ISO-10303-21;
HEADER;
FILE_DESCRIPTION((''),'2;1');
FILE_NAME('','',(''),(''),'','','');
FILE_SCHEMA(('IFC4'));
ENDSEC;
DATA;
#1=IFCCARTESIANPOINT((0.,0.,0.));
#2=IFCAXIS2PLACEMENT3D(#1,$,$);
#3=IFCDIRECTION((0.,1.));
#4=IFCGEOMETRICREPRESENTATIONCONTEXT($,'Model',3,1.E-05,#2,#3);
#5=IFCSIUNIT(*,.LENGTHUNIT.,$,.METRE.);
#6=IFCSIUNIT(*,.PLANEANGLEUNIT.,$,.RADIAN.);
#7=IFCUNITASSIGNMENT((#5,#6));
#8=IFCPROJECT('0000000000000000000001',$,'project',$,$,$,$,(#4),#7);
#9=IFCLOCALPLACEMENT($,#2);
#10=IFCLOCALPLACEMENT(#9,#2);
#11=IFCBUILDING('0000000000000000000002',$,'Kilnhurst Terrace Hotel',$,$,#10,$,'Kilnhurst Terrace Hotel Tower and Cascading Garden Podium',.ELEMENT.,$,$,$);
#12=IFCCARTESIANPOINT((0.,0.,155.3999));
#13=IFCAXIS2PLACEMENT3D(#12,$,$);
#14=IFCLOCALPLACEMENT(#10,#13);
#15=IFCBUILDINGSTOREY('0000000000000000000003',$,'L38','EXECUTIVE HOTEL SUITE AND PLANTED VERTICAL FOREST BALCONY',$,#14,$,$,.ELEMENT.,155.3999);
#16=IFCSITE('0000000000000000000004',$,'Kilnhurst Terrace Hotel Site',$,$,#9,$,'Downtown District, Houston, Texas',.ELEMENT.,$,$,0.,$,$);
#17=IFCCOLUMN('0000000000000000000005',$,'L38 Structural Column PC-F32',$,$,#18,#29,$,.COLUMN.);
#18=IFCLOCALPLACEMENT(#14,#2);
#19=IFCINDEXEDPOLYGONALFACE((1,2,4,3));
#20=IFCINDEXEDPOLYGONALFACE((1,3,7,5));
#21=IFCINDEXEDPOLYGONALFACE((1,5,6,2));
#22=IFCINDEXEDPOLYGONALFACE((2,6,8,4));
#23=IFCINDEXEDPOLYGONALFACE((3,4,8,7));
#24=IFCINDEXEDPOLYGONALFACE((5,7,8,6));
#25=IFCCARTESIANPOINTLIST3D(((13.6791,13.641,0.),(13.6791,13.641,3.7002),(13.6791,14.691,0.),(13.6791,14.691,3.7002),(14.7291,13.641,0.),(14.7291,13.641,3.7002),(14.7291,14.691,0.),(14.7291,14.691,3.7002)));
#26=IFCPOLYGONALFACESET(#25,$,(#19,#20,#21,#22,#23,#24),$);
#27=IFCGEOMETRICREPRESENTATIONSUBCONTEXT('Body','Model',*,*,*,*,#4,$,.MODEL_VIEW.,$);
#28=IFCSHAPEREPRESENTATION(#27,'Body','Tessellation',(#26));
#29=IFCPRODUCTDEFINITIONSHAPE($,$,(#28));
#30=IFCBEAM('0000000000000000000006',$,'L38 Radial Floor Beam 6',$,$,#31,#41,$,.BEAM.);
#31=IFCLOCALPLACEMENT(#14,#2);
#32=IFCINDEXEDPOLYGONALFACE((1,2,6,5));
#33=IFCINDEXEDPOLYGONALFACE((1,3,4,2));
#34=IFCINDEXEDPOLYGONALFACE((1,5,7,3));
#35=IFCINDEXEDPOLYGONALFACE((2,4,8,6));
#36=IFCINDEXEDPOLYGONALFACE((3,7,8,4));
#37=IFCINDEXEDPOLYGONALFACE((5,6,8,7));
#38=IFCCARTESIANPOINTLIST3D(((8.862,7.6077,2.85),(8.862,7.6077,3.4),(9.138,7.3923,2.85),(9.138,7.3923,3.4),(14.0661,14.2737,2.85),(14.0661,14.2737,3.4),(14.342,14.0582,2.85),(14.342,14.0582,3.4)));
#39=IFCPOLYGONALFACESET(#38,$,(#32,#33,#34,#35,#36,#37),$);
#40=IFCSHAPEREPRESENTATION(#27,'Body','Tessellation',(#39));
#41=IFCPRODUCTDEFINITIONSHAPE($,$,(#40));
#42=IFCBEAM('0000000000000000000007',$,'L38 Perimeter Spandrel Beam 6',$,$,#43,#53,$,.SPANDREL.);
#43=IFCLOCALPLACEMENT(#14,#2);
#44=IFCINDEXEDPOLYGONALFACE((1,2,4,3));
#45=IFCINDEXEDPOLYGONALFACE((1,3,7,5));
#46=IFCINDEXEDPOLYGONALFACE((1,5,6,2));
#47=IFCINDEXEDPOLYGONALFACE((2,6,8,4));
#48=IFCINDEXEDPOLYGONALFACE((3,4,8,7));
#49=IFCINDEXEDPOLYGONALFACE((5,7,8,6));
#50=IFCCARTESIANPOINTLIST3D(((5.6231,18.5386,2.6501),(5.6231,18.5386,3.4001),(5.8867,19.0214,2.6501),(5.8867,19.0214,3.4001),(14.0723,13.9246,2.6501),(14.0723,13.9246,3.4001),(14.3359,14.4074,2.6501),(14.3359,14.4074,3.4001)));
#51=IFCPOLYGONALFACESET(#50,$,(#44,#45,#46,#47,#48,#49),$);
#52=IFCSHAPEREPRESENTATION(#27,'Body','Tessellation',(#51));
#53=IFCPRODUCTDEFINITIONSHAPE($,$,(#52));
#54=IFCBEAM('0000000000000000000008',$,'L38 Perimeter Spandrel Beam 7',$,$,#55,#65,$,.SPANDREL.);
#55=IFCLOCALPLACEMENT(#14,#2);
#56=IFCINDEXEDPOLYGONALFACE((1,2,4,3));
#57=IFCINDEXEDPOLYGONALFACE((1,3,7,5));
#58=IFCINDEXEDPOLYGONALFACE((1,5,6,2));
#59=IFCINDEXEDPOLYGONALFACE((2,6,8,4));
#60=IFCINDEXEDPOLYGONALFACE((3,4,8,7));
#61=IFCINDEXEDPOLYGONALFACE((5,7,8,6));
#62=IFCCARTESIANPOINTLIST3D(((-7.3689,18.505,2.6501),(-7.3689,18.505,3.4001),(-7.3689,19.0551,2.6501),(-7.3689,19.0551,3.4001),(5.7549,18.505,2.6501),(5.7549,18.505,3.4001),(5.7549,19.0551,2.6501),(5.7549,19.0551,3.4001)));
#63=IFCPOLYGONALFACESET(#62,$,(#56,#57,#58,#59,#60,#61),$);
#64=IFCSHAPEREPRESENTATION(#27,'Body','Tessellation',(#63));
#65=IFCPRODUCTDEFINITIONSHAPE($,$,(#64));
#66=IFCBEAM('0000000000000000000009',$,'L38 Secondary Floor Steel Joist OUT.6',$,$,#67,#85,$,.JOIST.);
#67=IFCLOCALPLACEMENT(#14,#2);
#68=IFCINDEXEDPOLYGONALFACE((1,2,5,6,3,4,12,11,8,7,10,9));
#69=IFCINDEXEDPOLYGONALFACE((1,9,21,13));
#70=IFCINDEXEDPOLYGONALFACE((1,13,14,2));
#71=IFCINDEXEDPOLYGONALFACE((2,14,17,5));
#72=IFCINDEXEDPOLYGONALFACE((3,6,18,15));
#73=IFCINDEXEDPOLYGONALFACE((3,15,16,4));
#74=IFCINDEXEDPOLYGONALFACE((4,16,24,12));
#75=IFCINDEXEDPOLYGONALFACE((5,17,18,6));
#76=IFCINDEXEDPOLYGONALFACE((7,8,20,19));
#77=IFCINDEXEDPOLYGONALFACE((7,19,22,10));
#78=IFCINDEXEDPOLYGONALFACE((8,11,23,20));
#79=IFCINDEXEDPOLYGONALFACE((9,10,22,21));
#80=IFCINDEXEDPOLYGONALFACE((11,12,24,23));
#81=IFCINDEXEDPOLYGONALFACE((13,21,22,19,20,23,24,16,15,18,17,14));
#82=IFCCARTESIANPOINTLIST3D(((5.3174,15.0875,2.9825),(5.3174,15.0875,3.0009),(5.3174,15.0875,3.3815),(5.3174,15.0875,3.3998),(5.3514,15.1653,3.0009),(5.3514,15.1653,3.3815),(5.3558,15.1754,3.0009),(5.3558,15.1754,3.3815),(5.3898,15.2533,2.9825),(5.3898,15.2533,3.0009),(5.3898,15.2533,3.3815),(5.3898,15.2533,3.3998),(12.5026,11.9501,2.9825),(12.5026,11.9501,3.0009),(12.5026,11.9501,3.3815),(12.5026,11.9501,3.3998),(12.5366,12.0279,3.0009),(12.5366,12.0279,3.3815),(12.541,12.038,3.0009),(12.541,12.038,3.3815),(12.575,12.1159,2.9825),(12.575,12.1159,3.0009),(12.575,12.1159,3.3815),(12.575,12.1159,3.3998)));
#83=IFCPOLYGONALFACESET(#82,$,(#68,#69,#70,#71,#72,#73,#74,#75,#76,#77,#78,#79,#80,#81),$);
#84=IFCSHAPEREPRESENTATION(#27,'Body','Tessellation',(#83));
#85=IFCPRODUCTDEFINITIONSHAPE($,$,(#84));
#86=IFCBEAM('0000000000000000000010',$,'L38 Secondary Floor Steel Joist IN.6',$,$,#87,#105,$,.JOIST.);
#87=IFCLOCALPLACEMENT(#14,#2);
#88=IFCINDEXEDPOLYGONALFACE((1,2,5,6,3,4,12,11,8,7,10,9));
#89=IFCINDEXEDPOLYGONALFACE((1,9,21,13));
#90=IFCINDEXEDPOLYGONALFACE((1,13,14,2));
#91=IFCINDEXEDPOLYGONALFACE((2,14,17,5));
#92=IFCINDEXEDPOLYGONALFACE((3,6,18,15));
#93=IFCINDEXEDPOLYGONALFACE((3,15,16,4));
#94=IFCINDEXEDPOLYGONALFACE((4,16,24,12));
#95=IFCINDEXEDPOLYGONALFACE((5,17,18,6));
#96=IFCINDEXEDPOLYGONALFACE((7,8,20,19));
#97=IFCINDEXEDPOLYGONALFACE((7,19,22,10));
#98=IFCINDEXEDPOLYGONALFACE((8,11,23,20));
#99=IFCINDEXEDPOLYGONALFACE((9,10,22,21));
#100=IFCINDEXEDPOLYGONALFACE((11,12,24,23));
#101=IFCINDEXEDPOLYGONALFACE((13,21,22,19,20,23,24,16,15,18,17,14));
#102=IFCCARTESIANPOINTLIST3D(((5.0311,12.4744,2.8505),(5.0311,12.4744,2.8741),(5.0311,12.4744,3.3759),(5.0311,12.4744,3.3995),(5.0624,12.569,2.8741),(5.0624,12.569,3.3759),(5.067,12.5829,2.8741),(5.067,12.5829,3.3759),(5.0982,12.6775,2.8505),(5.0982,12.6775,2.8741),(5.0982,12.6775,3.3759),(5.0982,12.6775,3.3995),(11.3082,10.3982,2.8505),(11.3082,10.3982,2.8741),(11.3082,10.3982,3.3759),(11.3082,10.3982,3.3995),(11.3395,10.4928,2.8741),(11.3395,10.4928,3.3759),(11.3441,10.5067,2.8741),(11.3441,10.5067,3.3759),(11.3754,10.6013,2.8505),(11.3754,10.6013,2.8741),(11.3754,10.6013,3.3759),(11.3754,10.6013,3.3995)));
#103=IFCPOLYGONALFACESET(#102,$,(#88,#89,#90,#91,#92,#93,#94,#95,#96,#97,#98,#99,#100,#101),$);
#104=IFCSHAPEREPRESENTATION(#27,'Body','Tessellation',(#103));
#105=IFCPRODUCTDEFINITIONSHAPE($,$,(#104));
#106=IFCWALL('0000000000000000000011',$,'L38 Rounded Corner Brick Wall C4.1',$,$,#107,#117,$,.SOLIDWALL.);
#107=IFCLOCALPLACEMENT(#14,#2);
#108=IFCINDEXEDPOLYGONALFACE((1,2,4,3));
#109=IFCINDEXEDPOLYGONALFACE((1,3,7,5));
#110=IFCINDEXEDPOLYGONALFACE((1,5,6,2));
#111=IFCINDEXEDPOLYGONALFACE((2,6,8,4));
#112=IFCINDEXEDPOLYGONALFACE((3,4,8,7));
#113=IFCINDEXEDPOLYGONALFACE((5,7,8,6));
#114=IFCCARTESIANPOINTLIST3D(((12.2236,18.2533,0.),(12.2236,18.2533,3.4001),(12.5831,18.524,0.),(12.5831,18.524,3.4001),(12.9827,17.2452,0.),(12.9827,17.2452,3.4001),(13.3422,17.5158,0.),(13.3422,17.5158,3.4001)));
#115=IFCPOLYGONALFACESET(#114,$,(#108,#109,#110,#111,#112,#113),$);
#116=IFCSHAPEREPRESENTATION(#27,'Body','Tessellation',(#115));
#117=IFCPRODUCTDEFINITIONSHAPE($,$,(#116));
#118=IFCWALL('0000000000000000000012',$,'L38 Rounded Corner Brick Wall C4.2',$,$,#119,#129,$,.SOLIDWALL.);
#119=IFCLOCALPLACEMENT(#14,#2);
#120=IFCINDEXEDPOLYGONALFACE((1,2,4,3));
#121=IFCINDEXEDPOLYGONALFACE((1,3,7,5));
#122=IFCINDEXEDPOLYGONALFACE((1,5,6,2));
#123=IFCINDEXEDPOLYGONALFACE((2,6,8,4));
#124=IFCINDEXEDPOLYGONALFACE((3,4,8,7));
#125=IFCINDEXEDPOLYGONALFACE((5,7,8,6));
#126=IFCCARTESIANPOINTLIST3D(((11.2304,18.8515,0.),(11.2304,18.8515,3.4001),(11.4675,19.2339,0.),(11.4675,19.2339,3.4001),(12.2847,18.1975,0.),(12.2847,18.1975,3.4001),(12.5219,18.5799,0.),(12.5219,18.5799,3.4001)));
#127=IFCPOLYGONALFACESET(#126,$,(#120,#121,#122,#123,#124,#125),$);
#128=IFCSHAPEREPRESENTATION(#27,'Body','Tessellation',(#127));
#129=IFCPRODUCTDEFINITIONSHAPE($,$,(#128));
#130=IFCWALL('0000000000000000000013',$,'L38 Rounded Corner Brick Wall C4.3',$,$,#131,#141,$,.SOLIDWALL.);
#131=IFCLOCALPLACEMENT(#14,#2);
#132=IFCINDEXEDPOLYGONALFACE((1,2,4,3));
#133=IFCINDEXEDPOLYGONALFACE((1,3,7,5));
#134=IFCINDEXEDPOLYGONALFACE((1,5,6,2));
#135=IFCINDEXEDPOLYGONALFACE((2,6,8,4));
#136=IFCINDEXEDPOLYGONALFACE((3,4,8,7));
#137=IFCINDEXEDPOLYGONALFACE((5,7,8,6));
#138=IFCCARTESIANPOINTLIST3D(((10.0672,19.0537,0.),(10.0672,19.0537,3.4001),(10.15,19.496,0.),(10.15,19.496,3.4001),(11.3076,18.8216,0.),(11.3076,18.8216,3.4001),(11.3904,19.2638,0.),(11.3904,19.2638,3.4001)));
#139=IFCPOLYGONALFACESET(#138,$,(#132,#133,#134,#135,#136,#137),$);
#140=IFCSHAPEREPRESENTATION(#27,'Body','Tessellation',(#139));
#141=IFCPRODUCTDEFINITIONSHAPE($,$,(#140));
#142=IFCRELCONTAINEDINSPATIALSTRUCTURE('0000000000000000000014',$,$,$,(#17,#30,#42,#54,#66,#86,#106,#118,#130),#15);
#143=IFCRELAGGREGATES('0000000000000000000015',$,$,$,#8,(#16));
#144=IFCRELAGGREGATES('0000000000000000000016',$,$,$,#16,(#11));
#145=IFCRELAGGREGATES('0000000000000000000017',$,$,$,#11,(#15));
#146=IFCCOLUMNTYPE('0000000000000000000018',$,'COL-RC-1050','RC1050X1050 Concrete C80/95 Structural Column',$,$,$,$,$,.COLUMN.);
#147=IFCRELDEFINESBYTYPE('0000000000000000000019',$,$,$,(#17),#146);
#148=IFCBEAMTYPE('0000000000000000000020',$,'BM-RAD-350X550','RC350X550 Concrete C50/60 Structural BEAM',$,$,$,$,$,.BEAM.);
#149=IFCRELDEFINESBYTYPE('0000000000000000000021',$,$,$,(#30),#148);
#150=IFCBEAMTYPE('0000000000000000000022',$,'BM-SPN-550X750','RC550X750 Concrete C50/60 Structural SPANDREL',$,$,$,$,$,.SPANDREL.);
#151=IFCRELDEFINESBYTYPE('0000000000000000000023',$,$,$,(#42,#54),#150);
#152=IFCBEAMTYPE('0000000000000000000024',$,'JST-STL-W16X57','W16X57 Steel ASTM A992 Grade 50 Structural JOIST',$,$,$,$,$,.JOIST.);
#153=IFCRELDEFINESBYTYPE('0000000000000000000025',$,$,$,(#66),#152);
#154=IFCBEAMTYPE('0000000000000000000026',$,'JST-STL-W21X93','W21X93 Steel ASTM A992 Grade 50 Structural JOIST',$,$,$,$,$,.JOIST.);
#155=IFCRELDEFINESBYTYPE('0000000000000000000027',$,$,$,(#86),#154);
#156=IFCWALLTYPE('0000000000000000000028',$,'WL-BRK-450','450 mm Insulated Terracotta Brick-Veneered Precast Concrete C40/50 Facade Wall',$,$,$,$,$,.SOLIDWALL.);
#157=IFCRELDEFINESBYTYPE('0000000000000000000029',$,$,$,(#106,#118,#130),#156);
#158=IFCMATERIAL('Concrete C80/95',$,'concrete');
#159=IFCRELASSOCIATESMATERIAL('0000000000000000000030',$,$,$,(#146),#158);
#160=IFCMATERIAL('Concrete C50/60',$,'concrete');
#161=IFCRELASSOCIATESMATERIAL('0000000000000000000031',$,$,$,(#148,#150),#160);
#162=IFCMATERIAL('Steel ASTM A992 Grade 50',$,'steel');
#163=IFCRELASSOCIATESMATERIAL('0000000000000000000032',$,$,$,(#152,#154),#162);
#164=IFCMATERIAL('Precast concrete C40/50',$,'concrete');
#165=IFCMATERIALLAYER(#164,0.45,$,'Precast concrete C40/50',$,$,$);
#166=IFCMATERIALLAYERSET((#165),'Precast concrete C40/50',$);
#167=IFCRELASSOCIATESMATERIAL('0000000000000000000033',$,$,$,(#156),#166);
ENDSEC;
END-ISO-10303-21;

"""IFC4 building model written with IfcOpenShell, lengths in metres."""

from ifc_helpers import new_model, si_unit, direction, frame, frame_2d, origin, origin_2d, place, context, subcontext, project, spatial, rectangle, i_section, extrude, material, layer, layer_set, material_profile, profile_set, type_object, element, save


model = new_model("IFC4")

# Units and contexts
model_context = context("Model", 3, precision=1e-05, world=origin(), true_north=direction((0.0, 1.0)))
body_context = subcontext(model_context, "Body", "Model", "MODEL_VIEW")
ifc_project = project(units=[si_unit("LENGTHUNIT", "METRE"), si_unit("PLANEANGLEUNIT", "RADIAN")], contexts=[model_context])

# Site, building, storey
site_placement = place(None, origin())
site = spatial("IfcSite", under=ifc_project, at=site_placement, Name="Kilnhurst Terrace Hotel Site", LongName="Downtown District, Houston, Texas", CompositionType="ELEMENT", RefElevation=0.0)
building_placement = place(site_placement, origin())
building = spatial("IfcBuilding", under=site, at=building_placement, Name="Kilnhurst Terrace Hotel", LongName="Kilnhurst Terrace Hotel Tower and Cascading Garden Podium", CompositionType="ELEMENT")
storey_placement = place(building_placement, frame((0.0, 0.0, 155.3999)))
storey = spatial("IfcBuildingStorey", under=building, at=storey_placement, Name="L38", Description="EXECUTIVE HOTEL SUITE AND PLANTED VERTICAL FOREST BALCONY", CompositionType="ELEMENT", Elevation=155.3999)

# Column
ifc_material_1 = material(Name="Concrete C80/95", Category="concrete")
ifc_material_profile_1 = material_profile(ifc_material_1, rectangle(XDim=1.05, YDim=1.05, at=origin_2d()), Name="RC1050X1050")
ifc_profile_set_1 = profile_set([ifc_material_profile_1], Name="Concrete C80/95")
column_type = type_object("IfcColumnType", Name="COL-RC-1050", Description="RC1050X1050 Concrete C80/95 Structural Column", PredefinedType="COLUMN", material=ifc_profile_set_1)
column_placement = place(storey_placement, frame((14.2041, 14.166, 0.0), z_axis=(0.0, 0.0, 1.0), x_axis=(1.0, 0.0, 0.0)))
element("IfcColumn", 1, at=column_placement, inside=storey, type_object=column_type, Name="L38 Structural Column PC-F32", PredefinedType="COLUMN", context=body_context, shape_type="SweptSolid", body=[
    extrude(rectangle(XDim=1.05, YDim=1.05, at=origin_2d()), origin(), (0.0, 0.0, 1.0), 3.7002),
])

# Beams
ifc_material_2 = material(Name="Concrete C50/60", Category="concrete")
ifc_material_profile_2 = material_profile(ifc_material_2, rectangle(XDim=0.3501, YDim=0.55, at=origin_2d()), Name="RC350X550")
ifc_profile_set_2 = profile_set([ifc_material_profile_2], Name="Concrete C50/60")
beam_type_1 = type_object("IfcBeamType", Name="BM-RAD-350X550", Description="RC350X550 Concrete C50/60 Structural BEAM", PredefinedType="BEAM", material=ifc_profile_set_2)
beam_1_placement = place(storey_placement, frame((9.0, 7.5, 3.125), z_axis=(0.615371, 0.788238, 0.0), x_axis=(-0.788238, 0.615371, 0.0)))
element("IfcBeam", 2, at=beam_1_placement, inside=storey, type_object=beam_type_1, Name="L38 Radial Floor Beam 6", PredefinedType="BEAM", context=body_context, shape_type="SweptSolid", body=[
    extrude(rectangle(XDim=0.3501, YDim=0.55, at=origin_2d()), origin(), (0.0, 0.0, 1.0), 8.4568),
])
ifc_material_profile_3 = material_profile(ifc_material_2, rectangle(XDim=0.55, YDim=0.75, at=origin_2d()), Name="RC550X750")
ifc_profile_set_3 = profile_set([ifc_material_profile_3], Name="Concrete C50/60")
beam_type_2 = type_object("IfcBeamType", Name="BM-SPN-550X750", Description="RC550X750 Concrete C50/60 Structural SPANDREL", PredefinedType="SPANDREL", material=ifc_profile_set_3)
beam_2_placement = place(storey_placement, frame((14.2041, 14.166, 3.0251), z_axis=(-0.877662, 0.47928, 0.0), x_axis=(-0.47928, -0.877662, 0.0)))
element("IfcBeam", 3, at=beam_2_placement, inside=storey, type_object=beam_type_2, Name="L38 Perimeter Spandrel Beam 6", PredefinedType="SPANDREL", context=body_context, shape_type="SweptSolid", body=[
    extrude(rectangle(XDim=0.55, YDim=0.75, at=origin_2d()), origin(), (0.0, 0.0, 1.0), 9.627),
])
beam_3_placement = place(storey_placement, frame((5.7549, 18.78, 3.0251), z_axis=(-1.0, 0.0, 0.0), x_axis=(0.0, -1.0, 0.0)))
element("IfcBeam", 4, at=beam_3_placement, inside=storey, type_object=beam_type_2, Name="L38 Perimeter Spandrel Beam 7", PredefinedType="SPANDREL", context=body_context, shape_type="SweptSolid", body=[
    extrude(rectangle(XDim=0.55, YDim=0.75, at=origin_2d()), origin(), (0.0, 0.0, 1.0), 13.1238),
])
ifc_material_3 = material(Name="Steel ASTM A992 Grade 50", Category="steel")
ifc_material_profile_4 = material_profile(ifc_material_3, i_section(OverallWidth=0.1809, OverallDepth=0.4172, WebThickness=0.011, FlangeThickness=0.0183, at=origin_2d()), Name="W16X57")
ifc_profile_set_4 = profile_set([ifc_material_profile_4], Name="Steel ASTM A992 Grade 50")
beam_type_3 = type_object("IfcBeamType", Name="JST-STL-W16X57", Description="W16X57 Steel ASTM A992 Grade 50 Structural JOIST", PredefinedType="JOIST", material=ifc_profile_set_4)
beam_4_placement = place(storey_placement, frame((12.5388, 12.033, 3.1912), z_axis=(-0.916444, 0.400164, 0.0), x_axis=(-0.400164, -0.916444, 0.0)))
element("IfcBeam", 5, at=beam_4_placement, inside=storey, type_object=beam_type_3, Name="L38 Secondary Floor Steel Joist OUT.6", PredefinedType="JOIST", context=body_context, shape_type="SweptSolid", body=[
    extrude(i_section(OverallWidth=0.1809, OverallDepth=0.4172, WebThickness=0.011, FlangeThickness=0.0183, at=origin_2d()), origin(), (0.0, 0.0, 1.0), 7.8403),
])
ifc_material_profile_5 = material_profile(ifc_material_3, i_section(OverallWidth=0.2139, OverallDepth=0.5491, WebThickness=0.0146, FlangeThickness=0.0237, at=origin_2d()), Name="W21X93")
ifc_profile_set_5 = profile_set([ifc_material_profile_5], Name="Steel ASTM A992 Grade 50")
beam_type_4 = type_object("IfcBeamType", Name="JST-STL-W21X93", Description="W21X93 Steel ASTM A992 Grade 50 Structural JOIST", PredefinedType="JOIST", material=ifc_profile_set_5)
beam_5_placement = place(storey_placement, frame((11.3418, 10.4998, 3.125), z_axis=(-0.949416, 0.314022, 0.0), x_axis=(-0.314022, -0.949416, 0.0)))
element("IfcBeam", 6, at=beam_5_placement, inside=storey, type_object=beam_type_4, Name="L38 Secondary Floor Steel Joist IN.6", PredefinedType="JOIST", context=body_context, shape_type="SweptSolid", body=[
    extrude(i_section(OverallWidth=0.2139, OverallDepth=0.5491, WebThickness=0.0146, FlangeThickness=0.0237, at=origin_2d()), origin(), (0.0, 0.0, 1.0), 6.6116),
])

# Walls
ifc_material_4 = material(Name="Precast concrete C40/50", Category="concrete")
ifc_layer_1 = layer(ifc_material_4, 0.45, Name="Precast concrete C40/50")
ifc_layer_set_1 = layer_set([ifc_layer_1], Name="Precast concrete C40/50")
wall_type_1 = type_object("IfcWallType", Name="WL-BRK-450", Description="450 mm Insulated Terracotta Brick-Veneered Precast Concrete C40/50 Facade Wall", PredefinedType="SOLIDWALL", material=ifc_layer_set_1)
wall_1_placement = place(storey_placement, frame((13.1624, 17.3806, 0.0), z_axis=(0.0, 0.0, 1.0), x_axis=(-0.601516, 0.798861, 0.0)))
element("IfcWall", 7, at=wall_1_placement, inside=storey, type_object=wall_type_1, Name="L38 Rounded Corner Brick Wall C4.1", PredefinedType="SOLIDWALL", context=body_context, shape_type="SweptSolid", body=[
    extrude(rectangle(XDim=1.262, YDim=0.45, at=frame_2d((0.6309, 0.0))), origin(), (0.0, 0.0, 1.0), 3.4001),
])
wall_2_placement = place(storey_placement, frame((12.4033, 18.3887, 0.0), z_axis=(0.0, 0.0, 1.0), x_axis=(-0.849795, 0.527113, 0.0)))
element("IfcWall", 8, at=wall_2_placement, inside=storey, type_object=wall_type_1, Name="L38 Rounded Corner Brick Wall C4.2", PredefinedType="SOLIDWALL", context=body_context, shape_type="SweptSolid", body=[
    extrude(rectangle(XDim=1.2407, YDim=0.45, at=frame_2d((0.6204, 0.0))), origin(), (0.0, 0.0, 1.0), 3.4001),
])
wall_3_placement = place(storey_placement, frame((11.3489, 19.0427, 0.0), z_axis=(0.0, 0.0, 1.0), x_axis=(-0.982931, 0.183973, 0.0)))
element("IfcWall", 9, at=wall_3_placement, inside=storey, type_object=wall_type_1, Name="L38 Rounded Corner Brick Wall C4.3", PredefinedType="SOLIDWALL", context=body_context, shape_type="SweptSolid", body=[
    extrude(rectangle(XDim=1.262, YDim=0.45, at=frame_2d((0.6309, 0.0))), origin(), (0.0, 0.0, 1.0), 3.4001),
])

save(model, "model.ifc")
